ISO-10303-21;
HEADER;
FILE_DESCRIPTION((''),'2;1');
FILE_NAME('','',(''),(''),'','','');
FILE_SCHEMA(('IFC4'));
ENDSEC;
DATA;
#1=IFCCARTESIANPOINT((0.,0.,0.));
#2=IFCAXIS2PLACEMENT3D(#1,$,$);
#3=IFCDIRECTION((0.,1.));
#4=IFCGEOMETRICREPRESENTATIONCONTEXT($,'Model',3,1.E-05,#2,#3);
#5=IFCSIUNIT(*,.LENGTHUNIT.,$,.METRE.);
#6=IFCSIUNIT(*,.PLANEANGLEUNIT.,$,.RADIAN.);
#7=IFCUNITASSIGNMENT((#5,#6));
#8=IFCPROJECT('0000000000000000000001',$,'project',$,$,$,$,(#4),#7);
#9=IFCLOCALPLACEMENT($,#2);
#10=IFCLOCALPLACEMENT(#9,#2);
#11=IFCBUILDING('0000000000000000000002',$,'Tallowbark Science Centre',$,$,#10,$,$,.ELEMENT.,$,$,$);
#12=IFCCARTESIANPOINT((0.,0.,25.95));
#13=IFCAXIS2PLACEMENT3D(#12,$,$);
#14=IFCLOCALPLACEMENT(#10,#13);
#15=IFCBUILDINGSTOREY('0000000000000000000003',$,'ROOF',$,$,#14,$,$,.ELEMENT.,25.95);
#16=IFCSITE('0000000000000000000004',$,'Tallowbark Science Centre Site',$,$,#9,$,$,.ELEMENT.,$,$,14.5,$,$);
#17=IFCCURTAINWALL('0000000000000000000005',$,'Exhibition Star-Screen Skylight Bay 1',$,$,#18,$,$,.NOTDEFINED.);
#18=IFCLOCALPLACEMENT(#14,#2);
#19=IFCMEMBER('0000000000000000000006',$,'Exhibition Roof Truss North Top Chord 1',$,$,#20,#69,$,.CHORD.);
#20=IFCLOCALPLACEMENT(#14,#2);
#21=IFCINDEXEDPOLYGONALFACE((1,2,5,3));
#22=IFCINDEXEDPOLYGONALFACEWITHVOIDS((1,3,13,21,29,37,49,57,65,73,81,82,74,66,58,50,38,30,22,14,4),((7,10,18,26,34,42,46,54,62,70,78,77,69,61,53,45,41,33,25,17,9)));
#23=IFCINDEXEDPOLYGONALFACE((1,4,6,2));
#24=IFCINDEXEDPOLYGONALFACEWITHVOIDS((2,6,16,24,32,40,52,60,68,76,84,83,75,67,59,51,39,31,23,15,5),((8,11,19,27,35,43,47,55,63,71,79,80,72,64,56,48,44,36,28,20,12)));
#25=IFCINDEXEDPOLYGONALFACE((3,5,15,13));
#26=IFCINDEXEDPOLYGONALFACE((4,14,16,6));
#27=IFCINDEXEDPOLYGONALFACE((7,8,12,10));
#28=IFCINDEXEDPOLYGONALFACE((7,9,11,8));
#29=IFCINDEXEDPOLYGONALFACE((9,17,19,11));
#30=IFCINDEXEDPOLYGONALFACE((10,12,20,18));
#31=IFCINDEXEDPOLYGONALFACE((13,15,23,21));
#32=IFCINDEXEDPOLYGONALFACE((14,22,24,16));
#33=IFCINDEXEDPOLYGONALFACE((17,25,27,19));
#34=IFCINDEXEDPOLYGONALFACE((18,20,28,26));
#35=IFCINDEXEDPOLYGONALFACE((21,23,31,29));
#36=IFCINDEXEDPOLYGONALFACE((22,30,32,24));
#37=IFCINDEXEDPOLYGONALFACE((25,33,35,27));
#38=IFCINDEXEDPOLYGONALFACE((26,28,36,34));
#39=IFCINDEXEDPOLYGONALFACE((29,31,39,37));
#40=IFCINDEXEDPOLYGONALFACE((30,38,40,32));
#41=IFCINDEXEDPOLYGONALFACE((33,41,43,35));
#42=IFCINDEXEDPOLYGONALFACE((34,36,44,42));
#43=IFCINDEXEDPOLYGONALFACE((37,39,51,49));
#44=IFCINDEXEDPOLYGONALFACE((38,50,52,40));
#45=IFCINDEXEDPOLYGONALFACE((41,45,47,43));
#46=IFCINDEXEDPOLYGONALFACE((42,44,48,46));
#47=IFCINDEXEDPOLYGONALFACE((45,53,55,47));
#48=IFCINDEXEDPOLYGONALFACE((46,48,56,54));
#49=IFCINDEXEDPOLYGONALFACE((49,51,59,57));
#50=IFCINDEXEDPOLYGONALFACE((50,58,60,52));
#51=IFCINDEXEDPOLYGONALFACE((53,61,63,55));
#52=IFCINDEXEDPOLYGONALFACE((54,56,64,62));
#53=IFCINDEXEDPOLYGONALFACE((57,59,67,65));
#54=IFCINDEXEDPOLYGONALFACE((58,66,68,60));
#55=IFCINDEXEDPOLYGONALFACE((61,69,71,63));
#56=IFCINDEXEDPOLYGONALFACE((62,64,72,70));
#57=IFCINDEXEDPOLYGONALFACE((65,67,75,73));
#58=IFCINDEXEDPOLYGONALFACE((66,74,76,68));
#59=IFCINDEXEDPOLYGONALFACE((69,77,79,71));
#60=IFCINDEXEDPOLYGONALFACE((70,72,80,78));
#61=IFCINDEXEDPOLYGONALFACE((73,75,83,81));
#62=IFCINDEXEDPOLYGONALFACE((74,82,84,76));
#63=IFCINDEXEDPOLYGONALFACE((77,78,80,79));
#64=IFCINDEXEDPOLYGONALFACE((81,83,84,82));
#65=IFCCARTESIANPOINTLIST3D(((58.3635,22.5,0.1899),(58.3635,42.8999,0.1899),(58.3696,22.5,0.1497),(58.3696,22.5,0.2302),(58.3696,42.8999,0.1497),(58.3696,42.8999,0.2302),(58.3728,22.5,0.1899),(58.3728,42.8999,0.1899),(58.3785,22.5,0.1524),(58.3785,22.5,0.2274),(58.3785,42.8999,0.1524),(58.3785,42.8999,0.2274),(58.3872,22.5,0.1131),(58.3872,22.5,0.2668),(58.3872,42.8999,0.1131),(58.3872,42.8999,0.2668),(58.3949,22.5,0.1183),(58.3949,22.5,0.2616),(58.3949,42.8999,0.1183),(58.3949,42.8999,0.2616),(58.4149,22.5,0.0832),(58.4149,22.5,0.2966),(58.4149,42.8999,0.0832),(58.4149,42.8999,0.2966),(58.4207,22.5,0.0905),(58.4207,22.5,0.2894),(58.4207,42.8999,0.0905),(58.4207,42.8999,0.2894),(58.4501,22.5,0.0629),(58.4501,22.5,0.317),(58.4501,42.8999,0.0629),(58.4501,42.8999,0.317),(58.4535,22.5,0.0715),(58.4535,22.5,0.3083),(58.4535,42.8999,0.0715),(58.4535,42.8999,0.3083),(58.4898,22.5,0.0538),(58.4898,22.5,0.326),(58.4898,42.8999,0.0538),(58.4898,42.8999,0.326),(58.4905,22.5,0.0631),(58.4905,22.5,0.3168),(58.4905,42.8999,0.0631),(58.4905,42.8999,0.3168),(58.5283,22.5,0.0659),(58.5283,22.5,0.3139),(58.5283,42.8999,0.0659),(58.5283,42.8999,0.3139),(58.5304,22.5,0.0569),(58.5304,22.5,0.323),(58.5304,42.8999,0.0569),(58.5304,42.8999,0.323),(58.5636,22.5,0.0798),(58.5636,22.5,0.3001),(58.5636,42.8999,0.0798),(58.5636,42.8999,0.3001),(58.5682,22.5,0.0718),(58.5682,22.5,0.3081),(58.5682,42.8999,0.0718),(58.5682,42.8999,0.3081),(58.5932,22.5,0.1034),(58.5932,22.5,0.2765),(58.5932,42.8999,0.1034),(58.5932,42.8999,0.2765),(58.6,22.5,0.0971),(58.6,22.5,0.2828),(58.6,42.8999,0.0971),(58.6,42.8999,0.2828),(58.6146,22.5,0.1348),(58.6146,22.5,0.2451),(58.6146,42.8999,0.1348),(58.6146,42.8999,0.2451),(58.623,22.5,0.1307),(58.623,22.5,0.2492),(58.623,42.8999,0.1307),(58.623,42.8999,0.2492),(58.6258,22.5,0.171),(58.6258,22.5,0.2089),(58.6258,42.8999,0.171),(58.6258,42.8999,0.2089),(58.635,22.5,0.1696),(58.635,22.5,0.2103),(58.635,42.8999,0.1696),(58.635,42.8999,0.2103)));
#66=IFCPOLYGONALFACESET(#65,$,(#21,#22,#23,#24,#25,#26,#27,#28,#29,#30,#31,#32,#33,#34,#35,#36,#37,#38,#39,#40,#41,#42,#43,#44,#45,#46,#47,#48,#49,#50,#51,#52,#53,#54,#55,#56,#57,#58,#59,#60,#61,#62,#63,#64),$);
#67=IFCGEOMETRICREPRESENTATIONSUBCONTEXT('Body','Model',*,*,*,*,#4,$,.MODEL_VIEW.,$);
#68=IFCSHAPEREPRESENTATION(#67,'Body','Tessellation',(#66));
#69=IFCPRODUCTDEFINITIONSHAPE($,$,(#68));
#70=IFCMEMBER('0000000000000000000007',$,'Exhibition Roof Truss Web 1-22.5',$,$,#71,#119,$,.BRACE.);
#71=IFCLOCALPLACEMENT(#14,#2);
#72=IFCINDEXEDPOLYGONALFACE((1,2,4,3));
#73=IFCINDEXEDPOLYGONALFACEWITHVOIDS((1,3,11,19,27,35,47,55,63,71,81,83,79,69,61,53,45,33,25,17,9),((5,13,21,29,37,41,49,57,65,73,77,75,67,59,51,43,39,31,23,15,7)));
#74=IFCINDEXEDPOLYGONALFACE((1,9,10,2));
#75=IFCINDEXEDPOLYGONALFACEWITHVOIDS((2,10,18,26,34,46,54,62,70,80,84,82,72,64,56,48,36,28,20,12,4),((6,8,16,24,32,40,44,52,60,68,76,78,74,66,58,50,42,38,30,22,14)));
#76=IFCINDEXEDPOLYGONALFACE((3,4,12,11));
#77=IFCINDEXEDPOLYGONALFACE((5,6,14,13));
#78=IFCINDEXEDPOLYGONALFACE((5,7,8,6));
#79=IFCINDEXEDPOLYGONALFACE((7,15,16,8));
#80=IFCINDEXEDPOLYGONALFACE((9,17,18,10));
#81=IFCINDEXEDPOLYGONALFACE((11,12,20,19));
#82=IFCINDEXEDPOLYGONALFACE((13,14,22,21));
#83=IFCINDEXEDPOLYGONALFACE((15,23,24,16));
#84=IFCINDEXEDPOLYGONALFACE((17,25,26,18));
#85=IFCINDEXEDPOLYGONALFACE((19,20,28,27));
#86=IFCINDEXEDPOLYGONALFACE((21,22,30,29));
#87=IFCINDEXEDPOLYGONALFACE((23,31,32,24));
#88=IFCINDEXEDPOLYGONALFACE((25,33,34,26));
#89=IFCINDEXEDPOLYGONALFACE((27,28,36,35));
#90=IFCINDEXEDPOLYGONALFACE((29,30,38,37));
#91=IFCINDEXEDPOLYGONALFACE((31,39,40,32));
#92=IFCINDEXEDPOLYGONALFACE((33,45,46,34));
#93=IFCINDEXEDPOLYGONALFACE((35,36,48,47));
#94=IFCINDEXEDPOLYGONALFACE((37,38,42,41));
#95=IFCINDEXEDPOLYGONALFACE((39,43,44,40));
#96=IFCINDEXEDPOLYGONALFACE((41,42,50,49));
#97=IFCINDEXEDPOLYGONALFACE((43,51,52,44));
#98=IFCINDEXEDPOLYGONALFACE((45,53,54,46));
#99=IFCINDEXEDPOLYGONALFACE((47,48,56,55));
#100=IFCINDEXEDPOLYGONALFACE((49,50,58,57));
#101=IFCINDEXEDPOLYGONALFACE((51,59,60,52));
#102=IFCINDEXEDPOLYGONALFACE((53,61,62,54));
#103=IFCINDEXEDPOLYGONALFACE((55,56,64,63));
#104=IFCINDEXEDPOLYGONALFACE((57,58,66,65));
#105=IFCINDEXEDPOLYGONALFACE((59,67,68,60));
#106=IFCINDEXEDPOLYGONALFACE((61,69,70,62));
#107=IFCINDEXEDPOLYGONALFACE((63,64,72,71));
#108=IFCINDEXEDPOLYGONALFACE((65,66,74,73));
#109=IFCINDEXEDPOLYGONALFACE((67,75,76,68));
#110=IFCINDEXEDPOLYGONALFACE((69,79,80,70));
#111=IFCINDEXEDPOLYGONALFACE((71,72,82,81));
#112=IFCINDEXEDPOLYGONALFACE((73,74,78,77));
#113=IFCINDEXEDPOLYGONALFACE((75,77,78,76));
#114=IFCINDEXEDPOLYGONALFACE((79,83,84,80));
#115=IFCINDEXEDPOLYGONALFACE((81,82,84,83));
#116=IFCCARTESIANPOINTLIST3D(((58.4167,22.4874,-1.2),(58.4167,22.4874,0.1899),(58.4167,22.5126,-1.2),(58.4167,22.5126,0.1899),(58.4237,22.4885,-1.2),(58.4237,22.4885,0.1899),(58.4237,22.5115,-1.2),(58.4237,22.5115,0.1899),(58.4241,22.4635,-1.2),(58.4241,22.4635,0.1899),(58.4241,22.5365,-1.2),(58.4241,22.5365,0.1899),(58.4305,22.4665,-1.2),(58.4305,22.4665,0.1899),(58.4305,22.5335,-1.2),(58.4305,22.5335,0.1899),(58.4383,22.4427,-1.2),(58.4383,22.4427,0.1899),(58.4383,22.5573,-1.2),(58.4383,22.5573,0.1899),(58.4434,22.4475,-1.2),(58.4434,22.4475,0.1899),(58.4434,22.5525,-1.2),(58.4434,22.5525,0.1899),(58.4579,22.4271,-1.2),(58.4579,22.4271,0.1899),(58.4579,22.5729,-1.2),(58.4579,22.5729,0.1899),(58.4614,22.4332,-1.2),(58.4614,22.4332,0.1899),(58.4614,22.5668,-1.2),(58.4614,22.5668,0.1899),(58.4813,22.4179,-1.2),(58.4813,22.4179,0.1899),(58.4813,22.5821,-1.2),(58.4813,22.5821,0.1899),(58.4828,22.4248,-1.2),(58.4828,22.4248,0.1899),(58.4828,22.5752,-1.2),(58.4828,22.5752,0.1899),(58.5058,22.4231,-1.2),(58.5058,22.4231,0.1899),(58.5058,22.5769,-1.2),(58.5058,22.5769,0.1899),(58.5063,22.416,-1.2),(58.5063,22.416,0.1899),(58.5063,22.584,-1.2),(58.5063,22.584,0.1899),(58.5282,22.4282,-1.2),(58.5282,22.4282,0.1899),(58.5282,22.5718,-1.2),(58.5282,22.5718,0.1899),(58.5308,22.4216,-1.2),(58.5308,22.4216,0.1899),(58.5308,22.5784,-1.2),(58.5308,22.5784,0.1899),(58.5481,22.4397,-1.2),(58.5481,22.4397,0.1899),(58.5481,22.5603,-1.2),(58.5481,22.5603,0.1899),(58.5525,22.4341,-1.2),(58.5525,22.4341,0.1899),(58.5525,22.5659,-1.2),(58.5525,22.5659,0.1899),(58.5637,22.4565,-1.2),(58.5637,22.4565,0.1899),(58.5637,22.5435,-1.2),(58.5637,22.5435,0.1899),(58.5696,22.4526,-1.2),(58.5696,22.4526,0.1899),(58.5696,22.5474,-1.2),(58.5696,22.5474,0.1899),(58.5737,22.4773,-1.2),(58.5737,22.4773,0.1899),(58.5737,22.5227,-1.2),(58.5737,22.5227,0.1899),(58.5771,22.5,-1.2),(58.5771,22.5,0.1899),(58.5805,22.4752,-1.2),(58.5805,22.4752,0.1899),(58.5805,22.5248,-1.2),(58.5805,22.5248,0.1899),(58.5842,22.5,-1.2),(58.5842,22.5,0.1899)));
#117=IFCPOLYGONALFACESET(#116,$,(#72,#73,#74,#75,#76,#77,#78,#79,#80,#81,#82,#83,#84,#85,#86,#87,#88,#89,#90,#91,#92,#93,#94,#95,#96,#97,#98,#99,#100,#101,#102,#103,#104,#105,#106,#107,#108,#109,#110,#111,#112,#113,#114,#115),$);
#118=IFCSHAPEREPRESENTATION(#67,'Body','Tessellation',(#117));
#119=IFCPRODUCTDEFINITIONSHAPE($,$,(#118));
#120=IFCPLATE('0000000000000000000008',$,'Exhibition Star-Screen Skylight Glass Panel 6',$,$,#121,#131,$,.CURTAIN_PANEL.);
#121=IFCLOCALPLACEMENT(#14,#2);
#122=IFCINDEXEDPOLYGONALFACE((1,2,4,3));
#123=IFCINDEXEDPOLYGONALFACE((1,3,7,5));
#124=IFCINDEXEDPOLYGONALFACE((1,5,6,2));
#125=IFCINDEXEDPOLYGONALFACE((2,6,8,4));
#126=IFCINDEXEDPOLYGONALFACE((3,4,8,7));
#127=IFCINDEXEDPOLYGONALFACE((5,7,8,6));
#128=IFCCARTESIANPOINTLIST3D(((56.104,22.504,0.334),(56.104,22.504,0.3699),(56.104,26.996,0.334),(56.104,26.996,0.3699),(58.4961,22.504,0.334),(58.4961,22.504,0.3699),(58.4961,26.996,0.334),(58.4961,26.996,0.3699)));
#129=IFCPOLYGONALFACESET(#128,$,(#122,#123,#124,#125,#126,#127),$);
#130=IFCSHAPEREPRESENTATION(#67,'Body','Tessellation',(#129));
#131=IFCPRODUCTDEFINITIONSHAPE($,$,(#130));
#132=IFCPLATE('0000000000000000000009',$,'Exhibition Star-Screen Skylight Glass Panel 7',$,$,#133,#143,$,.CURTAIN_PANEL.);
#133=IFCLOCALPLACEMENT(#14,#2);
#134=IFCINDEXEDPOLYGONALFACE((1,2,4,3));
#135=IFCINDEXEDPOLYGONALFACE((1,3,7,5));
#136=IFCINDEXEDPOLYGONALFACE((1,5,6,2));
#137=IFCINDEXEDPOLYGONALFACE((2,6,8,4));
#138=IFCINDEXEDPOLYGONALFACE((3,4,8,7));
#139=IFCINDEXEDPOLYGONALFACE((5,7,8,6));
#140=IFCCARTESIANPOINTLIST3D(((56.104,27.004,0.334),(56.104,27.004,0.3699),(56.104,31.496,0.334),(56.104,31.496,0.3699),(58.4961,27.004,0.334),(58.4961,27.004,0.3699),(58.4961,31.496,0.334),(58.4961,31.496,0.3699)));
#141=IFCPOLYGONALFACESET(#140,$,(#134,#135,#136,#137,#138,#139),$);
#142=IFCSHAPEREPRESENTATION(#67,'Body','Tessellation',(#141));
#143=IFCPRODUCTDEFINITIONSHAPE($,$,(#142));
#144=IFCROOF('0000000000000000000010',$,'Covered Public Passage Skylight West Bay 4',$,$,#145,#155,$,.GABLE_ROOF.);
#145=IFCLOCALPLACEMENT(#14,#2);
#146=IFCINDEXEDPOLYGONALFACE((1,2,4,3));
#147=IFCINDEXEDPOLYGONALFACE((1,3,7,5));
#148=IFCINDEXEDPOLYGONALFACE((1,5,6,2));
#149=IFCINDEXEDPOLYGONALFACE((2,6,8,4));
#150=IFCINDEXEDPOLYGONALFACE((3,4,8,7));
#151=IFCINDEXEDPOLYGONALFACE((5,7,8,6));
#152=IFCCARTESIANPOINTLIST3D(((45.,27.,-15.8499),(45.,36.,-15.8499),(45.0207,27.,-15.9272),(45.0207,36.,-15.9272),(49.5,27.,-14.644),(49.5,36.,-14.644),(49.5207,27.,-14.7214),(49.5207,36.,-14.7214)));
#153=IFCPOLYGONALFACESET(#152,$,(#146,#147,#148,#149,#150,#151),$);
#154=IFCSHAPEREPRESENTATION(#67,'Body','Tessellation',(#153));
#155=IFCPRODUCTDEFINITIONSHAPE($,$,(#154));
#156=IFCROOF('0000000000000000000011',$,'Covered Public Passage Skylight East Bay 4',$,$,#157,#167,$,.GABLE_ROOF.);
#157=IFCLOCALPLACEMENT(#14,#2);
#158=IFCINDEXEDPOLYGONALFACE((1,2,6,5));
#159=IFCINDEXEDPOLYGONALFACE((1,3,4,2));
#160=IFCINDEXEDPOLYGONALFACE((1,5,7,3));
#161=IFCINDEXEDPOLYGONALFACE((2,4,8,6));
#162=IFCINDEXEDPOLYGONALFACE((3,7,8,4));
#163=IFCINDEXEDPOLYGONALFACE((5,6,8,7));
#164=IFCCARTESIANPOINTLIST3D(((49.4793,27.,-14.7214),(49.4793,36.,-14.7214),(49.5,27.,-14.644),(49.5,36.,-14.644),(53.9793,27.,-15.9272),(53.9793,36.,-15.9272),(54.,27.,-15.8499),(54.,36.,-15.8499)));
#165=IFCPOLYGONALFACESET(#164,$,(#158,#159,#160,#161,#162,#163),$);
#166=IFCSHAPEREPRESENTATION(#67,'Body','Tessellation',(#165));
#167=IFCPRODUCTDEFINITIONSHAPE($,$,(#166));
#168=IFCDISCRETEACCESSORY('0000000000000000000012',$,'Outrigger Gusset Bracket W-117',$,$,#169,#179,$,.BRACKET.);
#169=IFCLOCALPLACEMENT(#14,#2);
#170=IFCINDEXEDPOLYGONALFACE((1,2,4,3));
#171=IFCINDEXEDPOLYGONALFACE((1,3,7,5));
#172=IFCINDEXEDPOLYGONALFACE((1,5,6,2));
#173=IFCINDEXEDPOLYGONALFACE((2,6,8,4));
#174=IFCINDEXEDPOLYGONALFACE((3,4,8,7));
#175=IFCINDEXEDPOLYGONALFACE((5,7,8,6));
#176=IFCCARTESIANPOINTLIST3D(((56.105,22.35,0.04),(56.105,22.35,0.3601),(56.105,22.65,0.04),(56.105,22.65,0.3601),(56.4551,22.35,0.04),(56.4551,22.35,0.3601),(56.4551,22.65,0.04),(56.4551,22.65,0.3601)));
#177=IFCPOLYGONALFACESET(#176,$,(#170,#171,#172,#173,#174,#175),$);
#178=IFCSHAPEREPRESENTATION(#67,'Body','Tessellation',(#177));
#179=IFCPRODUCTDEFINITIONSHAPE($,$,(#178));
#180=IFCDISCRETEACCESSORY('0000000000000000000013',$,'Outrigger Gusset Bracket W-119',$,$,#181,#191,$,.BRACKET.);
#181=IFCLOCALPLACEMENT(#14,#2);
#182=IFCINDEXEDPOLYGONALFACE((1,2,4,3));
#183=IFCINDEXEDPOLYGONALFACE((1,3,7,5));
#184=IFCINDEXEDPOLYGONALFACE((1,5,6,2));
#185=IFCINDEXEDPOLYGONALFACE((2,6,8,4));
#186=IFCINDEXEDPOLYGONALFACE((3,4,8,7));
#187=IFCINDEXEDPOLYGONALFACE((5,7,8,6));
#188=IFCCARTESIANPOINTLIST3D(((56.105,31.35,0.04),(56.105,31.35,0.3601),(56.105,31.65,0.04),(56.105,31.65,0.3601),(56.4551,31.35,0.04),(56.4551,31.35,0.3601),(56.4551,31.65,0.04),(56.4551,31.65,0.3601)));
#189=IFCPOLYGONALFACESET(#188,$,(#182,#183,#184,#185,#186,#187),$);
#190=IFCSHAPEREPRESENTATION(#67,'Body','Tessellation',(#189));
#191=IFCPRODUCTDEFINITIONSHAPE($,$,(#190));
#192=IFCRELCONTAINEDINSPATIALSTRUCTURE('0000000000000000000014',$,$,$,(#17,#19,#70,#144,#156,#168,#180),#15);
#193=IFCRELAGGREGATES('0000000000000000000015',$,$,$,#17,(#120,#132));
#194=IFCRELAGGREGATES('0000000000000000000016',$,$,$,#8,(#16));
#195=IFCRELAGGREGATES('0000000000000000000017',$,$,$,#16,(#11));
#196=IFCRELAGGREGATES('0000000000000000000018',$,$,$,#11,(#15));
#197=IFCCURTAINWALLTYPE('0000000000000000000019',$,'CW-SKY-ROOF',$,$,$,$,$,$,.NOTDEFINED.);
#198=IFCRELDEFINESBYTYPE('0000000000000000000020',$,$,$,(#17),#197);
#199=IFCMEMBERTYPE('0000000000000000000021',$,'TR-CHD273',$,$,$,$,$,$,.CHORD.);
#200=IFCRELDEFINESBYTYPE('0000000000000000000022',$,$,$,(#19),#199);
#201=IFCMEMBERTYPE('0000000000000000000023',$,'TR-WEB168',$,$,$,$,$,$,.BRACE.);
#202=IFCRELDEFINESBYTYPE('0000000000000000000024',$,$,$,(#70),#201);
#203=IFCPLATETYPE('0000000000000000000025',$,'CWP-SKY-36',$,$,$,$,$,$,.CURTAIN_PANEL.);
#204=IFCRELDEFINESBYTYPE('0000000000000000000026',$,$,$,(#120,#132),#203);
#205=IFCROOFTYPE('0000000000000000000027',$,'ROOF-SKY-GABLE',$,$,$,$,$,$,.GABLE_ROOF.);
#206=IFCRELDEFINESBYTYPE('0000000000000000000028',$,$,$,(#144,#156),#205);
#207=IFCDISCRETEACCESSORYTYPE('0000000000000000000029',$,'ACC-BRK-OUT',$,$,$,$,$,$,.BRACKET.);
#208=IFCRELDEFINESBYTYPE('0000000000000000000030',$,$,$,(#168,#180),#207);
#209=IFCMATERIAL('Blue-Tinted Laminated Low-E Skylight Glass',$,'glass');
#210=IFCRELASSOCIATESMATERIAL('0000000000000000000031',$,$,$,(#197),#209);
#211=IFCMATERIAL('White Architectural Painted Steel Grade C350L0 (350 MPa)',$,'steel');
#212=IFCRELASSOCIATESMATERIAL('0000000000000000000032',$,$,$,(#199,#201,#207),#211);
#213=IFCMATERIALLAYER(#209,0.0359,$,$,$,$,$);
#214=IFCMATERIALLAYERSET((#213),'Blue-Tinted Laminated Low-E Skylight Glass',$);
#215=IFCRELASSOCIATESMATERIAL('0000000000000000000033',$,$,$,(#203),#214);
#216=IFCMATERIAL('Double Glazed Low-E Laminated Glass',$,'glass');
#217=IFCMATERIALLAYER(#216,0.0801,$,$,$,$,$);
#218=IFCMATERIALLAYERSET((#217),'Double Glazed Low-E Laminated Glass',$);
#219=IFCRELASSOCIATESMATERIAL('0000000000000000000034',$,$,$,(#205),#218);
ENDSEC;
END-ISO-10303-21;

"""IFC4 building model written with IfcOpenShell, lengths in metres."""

from ifc_helpers import new_model, si_unit, direction, frame, origin, origin_2d, place, context, subcontext, project, spatial, polyline, rectangle, hollow_circle, outline, extrude, material, layer, layer_set, material_profile, profile_set, type_object, element, aggregate, save


model = new_model("IFC4")

# Units and contexts
model_context = context("Model", 3, precision=1e-05, world=origin(), true_north=direction((0.0, 1.0)))
body_context = subcontext(model_context, "Body", "Model", "MODEL_VIEW")
ifc_project = project(units=[si_unit("LENGTHUNIT", "METRE"), si_unit("PLANEANGLEUNIT", "RADIAN")], contexts=[model_context])

# Site, building, storey
site_placement = place(None, origin())
site = spatial("IfcSite", under=ifc_project, at=site_placement, Name="Tallowbark Science Centre Site", CompositionType="ELEMENT", RefElevation=14.5)
building_placement = place(site_placement, origin())
building = spatial("IfcBuilding", under=site, at=building_placement, Name="Tallowbark Science Centre", CompositionType="ELEMENT")
storey_placement = place(building_placement, frame((0.0, 0.0, 25.95)))
storey = spatial("IfcBuildingStorey", under=building, at=storey_placement, Name="ROOF", CompositionType="ELEMENT", Elevation=25.95)

# Shared definitions
ifc_material_1 = material(Name="White Architectural Painted Steel Grade C350L0 (350 MPa)", Category="steel")

# Curtain wall
ifc_material_2 = material(Name="Blue-Tinted Laminated Low-E Skylight Glass", Category="glass")
curtain_wall_type = type_object("IfcCurtainWallType", Name="CW-SKY-ROOF", PredefinedType="NOTDEFINED", material=ifc_material_2)
curtain_wall_placement = place(storey_placement, origin())
curtain_wall = element("IfcCurtainWall", 1, at=curtain_wall_placement, inside=storey, type_object=curtain_wall_type, Name="Exhibition Star-Screen Skylight Bay 1", PredefinedType="NOTDEFINED")

# Members
ifc_material_profile_1 = material_profile(ifc_material_1, hollow_circle(Radius=0.1365, WallThickness=0.0093, at=origin_2d()), Name="273.1x9.3CHS")
ifc_profile_set_1 = profile_set([ifc_material_profile_1], Name="White Architectural Painted Steel Grade C350L0 (350 MPa)")
member_type_1 = type_object("IfcMemberType", Name="TR-CHD273", PredefinedType="CHORD", material=ifc_profile_set_1)
member_1_placement = place(storey_placement, frame((58.5, 22.5, 0.1899), z_axis=(0.0, 1.0, 0.0), x_axis=(-1.0, 0.0, 0.0)))
element("IfcMember", 2, at=member_1_placement, inside=storey, type_object=member_type_1, Name="Exhibition Roof Truss North Top Chord 1", PredefinedType="CHORD", context=body_context, shape_type="SweptSolid", body=[
    extrude(hollow_circle(Radius=0.1365, WallThickness=0.0093, at=origin_2d()), origin(), (0.0, 0.0, 1.0), 20.3999),
])
ifc_material_profile_2 = material_profile(ifc_material_1, hollow_circle(Radius=0.0842, WallThickness=0.0071, at=origin_2d()), Name="168.3x7.1CHS")
ifc_profile_set_2 = profile_set([ifc_material_profile_2], Name="White Architectural Painted Steel Grade C350L0 (350 MPa)")
member_type_2 = type_object("IfcMemberType", Name="TR-WEB168", PredefinedType="BRACE", material=ifc_profile_set_2)
member_2_placement = place(storey_placement, frame((58.5, 22.5, -1.2), z_axis=(0.0, 0.0, 1.0), x_axis=(1.0, 0.0, 0.0)))
element("IfcMember", 3, at=member_2_placement, inside=storey, type_object=member_type_2, Name="Exhibition Roof Truss Web 1-22.5", PredefinedType="BRACE", context=body_context, shape_type="SweptSolid", body=[
    extrude(hollow_circle(Radius=0.0842, WallThickness=0.0071, at=origin_2d()), origin(), (0.0, 0.0, 1.0), 1.3899),
])

# Plates
ifc_layer_1 = layer(ifc_material_2, 0.0359)
ifc_layer_set_1 = layer_set([ifc_layer_1], Name="Blue-Tinted Laminated Low-E Skylight Glass")
plate_type = type_object("IfcPlateType", Name="CWP-SKY-36", PredefinedType="CURTAIN_PANEL", material=ifc_layer_set_1)
plate_1_placement = place(storey_placement, frame((57.3, 24.75, 0.334), z_axis=(0.0, 0.0, 1.0), x_axis=(1.0, 0.0, 0.0)))
plate_1 = element("IfcPlate", 4, at=plate_1_placement, type_object=plate_type, Name="Exhibition Star-Screen Skylight Glass Panel 6", PredefinedType="CURTAIN_PANEL", context=body_context, shape_type="SweptSolid", body=[
    extrude(rectangle(XDim=2.3921, YDim=4.4919, at=origin_2d()), origin(), (0.0, 0.0, 1.0), 0.0359),
])
plate_2_placement = place(storey_placement, frame((57.3, 29.25, 0.334), z_axis=(0.0, 0.0, 1.0), x_axis=(1.0, 0.0, 0.0)))
plate_2 = element("IfcPlate", 5, at=plate_2_placement, type_object=plate_type, Name="Exhibition Star-Screen Skylight Glass Panel 7", PredefinedType="CURTAIN_PANEL", context=body_context, shape_type="SweptSolid", body=[
    extrude(rectangle(XDim=2.3921, YDim=4.4919, at=origin_2d()), origin(), (0.0, 0.0, 1.0), 0.0359),
])
aggregate(curtain_wall, [plate_1, plate_2])

# Roofs
ifc_material_3 = material(Name="Double Glazed Low-E Laminated Glass", Category="glass")
ifc_layer_2 = layer(ifc_material_3, 0.0801)
ifc_layer_set_2 = layer_set([ifc_layer_2], Name="Double Glazed Low-E Laminated Glass")
roof_type = type_object("IfcRoofType", Name="ROOF-SKY-GABLE", PredefinedType="GABLE_ROOF", material=ifc_layer_set_2)
for number, where, z_axis, x_axis, name in (
    (6, (45.0, 27.0, -15.8499), (-0.258827, 0.0, 0.965924), (0.965924, 0.0, 0.258827), "Covered Public Passage Skylight West Bay 4"),
    (7, (49.5, 27.0, -14.644), (0.258827, 0.0, 0.965924), (0.965924, 0.0, -0.258827), "Covered Public Passage Skylight East Bay 4"),
):
    element("IfcRoof", number, at=place(storey_placement, frame(where, z_axis=z_axis, x_axis=x_axis)), inside=storey, type_object=roof_type, Name=name, PredefinedType="GABLE_ROOF", context=body_context, shape_type="SweptSolid", body=[
        extrude(outline(polyline([(0.0, 0.0), (4.6588, 0.0), (4.6588, 9.0), (0.0, 9.0), (0.0, 0.0)])), origin(), (0.0, 0.0, -1.0), 0.0801),
    ])

# Discrete accessories
discrete_accessory_type = type_object("IfcDiscreteAccessoryType", Name="ACC-BRK-OUT", PredefinedType="BRACKET", material=ifc_material_1)
for number, where, z_axis, x_axis, name in (
    (8, (56.28, 22.5, 0.04), (0.0, 0.0, 1.0), (1.0, 0.0, 0.0), "Outrigger Gusset Bracket W-117"),
    (9, (56.28, 31.5, 0.04), (0.0, 0.0, 1.0), (1.0, 0.0, 0.0), "Outrigger Gusset Bracket W-119"),
):
    element("IfcDiscreteAccessory", number, at=place(storey_placement, frame(where, z_axis=z_axis, x_axis=x_axis)), inside=storey, type_object=discrete_accessory_type, Name=name, PredefinedType="BRACKET", context=body_context, shape_type="SweptSolid", body=[
        extrude(rectangle(XDim=0.3501, YDim=0.3, at=origin_2d()), origin(), (0.0, 0.0, 1.0), 0.3201),
    ])

save(model, "model.ifc")
